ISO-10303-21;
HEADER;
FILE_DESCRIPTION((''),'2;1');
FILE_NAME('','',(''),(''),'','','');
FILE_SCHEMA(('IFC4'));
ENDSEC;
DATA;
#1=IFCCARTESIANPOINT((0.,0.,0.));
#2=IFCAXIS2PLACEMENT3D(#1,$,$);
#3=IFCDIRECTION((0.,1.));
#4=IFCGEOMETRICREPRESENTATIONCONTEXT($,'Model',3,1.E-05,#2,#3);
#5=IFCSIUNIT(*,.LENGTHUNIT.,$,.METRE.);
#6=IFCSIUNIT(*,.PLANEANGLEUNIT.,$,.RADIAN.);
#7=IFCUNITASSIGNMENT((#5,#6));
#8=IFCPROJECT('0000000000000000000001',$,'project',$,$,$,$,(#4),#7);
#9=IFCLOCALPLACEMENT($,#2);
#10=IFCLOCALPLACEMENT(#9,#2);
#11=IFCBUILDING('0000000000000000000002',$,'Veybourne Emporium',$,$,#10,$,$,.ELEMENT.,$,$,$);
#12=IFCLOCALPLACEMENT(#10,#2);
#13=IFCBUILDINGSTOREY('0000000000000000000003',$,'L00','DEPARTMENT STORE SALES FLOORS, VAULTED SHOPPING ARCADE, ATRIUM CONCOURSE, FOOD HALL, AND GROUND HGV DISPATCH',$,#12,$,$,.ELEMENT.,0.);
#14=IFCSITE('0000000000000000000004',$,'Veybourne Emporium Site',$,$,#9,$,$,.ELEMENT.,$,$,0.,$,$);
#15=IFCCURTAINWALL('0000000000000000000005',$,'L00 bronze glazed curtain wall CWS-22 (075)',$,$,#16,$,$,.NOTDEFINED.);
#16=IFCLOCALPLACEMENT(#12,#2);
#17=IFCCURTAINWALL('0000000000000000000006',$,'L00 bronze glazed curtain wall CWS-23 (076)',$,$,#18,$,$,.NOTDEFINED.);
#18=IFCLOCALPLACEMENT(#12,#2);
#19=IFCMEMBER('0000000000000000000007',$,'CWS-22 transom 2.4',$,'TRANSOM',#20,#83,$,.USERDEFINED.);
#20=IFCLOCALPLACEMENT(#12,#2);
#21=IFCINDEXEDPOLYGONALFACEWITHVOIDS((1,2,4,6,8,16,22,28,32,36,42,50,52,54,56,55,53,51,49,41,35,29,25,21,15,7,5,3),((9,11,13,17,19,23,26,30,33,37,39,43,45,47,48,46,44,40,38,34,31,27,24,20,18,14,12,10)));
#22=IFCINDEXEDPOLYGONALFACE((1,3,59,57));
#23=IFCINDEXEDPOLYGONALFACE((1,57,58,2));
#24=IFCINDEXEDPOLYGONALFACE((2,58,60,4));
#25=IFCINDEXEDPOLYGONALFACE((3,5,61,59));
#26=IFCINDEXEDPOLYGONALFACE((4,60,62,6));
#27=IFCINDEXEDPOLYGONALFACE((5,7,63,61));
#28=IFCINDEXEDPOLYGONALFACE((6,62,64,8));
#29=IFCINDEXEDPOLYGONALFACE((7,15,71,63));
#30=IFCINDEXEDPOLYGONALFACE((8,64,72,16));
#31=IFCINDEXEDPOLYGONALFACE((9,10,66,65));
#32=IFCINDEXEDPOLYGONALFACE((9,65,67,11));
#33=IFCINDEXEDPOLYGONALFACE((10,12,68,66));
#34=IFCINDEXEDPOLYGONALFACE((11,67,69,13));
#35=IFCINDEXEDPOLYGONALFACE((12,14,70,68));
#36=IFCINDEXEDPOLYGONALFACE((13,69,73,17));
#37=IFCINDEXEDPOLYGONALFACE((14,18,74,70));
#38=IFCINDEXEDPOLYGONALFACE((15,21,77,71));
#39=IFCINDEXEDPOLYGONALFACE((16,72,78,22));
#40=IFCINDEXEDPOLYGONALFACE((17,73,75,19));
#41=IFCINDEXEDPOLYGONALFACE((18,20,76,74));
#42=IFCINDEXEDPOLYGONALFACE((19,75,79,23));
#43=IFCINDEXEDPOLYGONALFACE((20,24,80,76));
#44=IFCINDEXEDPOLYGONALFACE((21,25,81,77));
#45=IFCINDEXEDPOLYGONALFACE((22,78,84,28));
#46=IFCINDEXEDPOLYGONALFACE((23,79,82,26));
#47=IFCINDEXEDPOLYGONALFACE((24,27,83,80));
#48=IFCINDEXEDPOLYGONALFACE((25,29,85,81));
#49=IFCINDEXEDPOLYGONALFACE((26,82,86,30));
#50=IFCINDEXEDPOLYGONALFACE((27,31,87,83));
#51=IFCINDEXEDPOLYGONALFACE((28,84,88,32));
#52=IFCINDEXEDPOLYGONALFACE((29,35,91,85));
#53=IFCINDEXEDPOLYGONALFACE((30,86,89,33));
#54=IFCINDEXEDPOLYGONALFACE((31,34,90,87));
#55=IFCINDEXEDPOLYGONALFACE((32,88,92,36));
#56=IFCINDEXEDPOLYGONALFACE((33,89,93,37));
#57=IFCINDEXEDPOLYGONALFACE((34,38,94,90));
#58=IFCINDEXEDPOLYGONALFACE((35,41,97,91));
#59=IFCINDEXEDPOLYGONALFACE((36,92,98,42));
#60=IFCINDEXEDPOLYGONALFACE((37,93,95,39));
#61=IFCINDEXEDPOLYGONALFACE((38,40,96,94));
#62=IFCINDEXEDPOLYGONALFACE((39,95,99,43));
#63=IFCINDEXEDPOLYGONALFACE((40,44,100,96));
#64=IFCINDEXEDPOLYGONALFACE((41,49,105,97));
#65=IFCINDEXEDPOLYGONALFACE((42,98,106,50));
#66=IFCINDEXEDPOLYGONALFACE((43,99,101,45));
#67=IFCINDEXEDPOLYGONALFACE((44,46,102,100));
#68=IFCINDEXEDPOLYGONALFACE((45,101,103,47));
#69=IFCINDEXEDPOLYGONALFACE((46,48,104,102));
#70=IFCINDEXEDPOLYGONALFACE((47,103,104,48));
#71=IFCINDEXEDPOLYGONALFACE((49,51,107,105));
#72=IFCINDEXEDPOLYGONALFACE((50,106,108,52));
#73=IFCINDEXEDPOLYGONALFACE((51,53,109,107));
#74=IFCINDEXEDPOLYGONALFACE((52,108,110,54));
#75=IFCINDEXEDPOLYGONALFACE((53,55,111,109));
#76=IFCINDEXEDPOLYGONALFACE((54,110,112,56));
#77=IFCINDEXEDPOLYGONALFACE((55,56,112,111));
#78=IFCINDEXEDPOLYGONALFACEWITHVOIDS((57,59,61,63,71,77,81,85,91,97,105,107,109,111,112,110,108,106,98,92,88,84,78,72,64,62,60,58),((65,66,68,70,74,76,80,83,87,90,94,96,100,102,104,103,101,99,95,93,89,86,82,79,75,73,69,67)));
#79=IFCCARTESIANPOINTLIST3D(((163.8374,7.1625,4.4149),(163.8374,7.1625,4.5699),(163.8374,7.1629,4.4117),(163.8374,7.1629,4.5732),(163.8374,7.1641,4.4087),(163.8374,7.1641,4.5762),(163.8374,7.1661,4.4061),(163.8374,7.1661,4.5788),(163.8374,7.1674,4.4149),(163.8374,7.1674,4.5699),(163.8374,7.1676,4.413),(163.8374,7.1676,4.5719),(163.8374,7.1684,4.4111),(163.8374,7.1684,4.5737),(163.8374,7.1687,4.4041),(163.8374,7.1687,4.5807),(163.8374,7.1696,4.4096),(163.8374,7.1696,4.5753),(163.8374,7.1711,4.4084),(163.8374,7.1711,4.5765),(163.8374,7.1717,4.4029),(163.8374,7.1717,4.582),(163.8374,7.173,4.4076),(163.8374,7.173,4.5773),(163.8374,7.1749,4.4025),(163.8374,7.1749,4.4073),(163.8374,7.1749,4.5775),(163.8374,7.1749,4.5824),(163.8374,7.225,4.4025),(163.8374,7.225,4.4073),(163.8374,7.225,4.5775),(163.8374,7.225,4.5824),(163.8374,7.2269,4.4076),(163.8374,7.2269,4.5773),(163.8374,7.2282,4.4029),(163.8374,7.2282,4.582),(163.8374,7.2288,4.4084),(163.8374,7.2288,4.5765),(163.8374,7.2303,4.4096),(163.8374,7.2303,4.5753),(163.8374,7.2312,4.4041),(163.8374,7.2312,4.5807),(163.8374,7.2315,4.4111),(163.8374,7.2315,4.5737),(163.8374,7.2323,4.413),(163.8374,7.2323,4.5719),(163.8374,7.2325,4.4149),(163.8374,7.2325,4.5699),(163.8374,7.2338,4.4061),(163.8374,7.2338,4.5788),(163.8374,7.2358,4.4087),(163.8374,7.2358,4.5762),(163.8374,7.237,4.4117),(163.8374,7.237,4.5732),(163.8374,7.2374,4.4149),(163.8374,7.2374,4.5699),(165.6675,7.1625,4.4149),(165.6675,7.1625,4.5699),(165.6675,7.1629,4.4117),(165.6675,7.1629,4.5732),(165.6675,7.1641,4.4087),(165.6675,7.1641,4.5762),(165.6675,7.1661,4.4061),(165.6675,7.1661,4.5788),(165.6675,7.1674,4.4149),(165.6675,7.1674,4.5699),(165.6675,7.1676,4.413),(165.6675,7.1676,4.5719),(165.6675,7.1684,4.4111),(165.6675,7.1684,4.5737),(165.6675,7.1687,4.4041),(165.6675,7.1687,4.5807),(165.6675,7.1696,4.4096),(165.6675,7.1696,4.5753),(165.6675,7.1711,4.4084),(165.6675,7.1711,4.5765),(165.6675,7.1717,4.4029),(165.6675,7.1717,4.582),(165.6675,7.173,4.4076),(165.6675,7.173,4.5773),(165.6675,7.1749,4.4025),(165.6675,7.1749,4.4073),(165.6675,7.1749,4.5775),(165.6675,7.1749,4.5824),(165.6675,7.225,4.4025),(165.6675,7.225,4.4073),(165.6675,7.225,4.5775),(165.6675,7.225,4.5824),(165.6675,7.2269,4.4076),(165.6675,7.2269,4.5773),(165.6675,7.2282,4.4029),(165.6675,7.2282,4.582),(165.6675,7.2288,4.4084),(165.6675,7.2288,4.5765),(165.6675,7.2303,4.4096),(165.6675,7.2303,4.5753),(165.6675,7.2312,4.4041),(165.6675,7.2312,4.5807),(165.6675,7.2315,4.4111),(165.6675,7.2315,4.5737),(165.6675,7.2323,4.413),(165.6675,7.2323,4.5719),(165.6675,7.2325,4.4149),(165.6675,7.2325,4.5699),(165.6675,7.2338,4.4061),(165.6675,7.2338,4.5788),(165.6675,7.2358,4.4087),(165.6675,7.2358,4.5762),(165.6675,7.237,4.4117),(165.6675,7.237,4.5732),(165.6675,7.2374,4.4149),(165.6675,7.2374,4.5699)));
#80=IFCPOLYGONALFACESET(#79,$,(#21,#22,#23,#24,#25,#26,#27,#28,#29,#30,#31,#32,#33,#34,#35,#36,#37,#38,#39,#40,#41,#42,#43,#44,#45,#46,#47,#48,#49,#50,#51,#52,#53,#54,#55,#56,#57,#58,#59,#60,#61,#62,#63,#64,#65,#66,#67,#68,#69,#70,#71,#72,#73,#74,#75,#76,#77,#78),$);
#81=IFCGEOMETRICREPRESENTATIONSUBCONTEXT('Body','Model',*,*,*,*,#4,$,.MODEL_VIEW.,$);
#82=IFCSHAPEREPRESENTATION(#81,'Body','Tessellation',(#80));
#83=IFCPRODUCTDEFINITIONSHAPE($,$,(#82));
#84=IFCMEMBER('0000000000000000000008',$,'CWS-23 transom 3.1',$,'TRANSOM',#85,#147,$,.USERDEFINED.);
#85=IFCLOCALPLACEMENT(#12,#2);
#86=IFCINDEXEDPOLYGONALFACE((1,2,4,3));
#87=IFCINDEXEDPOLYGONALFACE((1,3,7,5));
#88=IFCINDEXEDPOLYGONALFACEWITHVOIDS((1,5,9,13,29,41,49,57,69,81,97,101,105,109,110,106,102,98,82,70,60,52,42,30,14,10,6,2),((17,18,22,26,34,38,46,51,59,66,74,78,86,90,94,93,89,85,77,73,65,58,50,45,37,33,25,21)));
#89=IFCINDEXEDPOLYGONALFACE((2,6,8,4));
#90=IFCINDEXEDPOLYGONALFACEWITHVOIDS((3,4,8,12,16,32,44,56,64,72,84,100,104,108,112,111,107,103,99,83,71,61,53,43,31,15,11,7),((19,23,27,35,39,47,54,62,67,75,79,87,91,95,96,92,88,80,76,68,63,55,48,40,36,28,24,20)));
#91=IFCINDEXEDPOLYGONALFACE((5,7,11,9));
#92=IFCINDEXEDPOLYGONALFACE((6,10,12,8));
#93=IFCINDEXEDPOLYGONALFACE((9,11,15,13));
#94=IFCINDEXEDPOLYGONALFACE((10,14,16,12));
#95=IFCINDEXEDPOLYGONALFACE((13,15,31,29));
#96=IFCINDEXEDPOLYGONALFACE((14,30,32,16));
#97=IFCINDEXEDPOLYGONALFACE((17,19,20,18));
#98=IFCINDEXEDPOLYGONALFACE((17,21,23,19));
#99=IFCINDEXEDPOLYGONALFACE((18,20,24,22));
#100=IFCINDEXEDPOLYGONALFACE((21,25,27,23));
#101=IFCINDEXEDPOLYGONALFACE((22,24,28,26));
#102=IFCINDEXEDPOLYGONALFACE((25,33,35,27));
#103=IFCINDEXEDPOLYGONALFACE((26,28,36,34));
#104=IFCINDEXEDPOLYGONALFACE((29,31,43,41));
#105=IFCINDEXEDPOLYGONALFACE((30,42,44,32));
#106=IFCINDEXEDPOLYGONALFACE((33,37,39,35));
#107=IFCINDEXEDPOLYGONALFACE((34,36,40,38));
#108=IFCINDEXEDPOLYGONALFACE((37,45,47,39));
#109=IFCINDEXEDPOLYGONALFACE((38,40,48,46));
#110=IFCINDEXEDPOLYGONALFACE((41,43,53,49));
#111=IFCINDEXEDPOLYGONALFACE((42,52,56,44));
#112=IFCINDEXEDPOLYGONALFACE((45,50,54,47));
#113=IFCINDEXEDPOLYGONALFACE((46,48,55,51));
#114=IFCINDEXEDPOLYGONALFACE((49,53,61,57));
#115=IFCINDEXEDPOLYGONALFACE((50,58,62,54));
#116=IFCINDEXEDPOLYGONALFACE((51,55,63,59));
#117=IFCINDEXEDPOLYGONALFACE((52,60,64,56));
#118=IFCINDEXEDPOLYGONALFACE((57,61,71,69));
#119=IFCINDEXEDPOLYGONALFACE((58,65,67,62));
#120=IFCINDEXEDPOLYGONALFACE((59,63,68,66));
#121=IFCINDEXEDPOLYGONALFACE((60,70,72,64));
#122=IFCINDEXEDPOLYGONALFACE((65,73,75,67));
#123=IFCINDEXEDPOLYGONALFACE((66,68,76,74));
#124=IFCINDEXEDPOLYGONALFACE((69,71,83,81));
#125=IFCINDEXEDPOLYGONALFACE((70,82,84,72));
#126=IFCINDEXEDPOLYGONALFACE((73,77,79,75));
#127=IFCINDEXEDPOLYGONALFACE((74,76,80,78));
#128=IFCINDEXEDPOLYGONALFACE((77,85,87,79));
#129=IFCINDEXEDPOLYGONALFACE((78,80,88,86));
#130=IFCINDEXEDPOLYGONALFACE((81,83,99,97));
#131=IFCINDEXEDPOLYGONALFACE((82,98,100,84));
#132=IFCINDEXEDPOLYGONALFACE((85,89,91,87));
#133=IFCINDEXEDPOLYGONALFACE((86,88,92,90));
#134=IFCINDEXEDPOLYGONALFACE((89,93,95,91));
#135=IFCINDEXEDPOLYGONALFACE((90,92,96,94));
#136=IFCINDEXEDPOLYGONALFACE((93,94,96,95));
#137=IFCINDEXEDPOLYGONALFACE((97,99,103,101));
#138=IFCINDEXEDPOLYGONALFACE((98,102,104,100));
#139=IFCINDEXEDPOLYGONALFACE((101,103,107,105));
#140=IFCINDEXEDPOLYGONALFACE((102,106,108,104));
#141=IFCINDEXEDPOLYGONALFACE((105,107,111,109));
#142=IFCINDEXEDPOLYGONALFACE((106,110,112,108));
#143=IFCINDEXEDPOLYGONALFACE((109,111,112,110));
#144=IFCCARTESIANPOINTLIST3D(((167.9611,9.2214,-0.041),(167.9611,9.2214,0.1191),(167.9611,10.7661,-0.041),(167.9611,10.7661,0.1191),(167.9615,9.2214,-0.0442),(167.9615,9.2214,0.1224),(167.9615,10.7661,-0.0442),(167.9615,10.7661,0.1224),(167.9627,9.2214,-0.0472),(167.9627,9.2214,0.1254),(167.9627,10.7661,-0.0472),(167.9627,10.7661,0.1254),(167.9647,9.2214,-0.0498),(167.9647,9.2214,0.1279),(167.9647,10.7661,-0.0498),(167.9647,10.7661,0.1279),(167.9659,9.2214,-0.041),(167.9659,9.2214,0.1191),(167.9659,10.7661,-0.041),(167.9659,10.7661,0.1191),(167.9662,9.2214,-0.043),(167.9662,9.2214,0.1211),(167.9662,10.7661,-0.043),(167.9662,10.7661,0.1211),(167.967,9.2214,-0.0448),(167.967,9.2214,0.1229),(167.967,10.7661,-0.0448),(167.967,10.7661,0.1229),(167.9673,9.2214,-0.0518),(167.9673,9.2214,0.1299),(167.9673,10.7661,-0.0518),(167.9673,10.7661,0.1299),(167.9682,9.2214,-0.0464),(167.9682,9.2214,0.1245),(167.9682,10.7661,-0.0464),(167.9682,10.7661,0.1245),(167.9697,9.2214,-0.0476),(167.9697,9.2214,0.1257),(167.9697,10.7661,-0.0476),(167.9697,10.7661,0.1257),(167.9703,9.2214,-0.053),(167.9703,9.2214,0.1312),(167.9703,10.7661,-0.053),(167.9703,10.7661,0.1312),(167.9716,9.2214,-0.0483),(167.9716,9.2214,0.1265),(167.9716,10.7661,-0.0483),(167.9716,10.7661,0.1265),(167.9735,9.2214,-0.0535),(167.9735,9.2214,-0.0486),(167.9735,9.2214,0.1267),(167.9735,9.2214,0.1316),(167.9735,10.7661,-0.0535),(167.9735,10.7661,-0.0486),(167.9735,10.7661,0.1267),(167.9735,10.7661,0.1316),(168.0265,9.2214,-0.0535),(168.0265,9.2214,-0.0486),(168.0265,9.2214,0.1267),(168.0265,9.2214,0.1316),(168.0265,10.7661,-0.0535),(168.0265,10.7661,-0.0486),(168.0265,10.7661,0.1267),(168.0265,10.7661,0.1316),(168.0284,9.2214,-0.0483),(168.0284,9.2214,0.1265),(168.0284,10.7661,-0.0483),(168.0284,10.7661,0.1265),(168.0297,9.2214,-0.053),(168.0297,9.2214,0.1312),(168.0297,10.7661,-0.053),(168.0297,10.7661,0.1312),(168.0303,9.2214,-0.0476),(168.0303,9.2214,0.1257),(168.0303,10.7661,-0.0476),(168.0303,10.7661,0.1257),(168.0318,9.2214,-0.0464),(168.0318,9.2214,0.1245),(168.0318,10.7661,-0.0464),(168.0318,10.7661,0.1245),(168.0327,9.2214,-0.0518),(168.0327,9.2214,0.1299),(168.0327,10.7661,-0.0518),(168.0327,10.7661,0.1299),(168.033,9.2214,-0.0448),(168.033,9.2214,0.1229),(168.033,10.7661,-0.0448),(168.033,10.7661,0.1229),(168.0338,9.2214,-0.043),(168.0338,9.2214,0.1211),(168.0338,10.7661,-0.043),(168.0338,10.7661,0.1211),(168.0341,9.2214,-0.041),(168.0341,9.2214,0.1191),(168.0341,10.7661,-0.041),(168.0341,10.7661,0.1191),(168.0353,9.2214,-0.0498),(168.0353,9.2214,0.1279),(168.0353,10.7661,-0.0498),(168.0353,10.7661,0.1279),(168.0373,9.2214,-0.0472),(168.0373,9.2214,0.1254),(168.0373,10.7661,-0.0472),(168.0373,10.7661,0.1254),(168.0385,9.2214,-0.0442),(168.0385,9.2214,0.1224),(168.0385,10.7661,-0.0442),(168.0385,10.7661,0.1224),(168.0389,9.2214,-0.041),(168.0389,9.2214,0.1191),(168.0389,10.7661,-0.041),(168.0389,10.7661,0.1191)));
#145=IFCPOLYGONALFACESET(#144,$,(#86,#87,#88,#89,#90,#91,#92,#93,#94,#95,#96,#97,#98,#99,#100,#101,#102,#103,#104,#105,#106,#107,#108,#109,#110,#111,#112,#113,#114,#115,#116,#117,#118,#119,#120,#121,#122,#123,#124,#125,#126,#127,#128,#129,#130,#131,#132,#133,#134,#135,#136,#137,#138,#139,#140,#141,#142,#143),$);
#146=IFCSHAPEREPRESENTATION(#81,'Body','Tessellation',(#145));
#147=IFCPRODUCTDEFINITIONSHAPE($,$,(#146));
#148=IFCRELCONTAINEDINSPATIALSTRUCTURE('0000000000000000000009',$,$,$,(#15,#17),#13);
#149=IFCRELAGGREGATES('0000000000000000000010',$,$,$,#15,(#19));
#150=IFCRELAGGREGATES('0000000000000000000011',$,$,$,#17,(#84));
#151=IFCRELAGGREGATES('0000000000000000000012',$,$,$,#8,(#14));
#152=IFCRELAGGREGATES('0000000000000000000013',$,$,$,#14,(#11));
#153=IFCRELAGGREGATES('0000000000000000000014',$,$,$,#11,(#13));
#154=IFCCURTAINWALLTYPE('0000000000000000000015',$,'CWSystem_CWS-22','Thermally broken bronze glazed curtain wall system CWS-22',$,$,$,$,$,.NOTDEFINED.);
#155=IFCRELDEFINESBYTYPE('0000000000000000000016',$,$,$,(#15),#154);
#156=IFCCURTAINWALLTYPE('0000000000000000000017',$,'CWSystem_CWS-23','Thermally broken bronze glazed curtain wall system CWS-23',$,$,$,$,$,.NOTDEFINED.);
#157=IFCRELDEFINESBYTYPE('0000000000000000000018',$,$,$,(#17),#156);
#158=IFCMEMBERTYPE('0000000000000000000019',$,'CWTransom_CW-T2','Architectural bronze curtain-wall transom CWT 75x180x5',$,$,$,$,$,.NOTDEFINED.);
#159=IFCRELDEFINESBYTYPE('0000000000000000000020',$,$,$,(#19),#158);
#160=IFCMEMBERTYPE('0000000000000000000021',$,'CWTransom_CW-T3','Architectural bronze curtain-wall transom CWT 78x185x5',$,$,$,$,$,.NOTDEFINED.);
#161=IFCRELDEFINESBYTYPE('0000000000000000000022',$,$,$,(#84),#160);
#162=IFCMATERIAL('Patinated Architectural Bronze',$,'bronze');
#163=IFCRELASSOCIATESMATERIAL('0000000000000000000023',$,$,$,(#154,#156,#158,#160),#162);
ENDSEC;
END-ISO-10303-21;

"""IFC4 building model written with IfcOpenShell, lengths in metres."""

from ifc_helpers import new_model, si_unit, direction, frame, origin, origin_2d, place, context, subcontext, project, spatial, hollow_rectangle, extrude, material, material_profile, profile_set, type_object, element, aggregate, save


model = new_model("IFC4")

# Units and contexts
model_context = context("Model", 3, precision=1e-05, world=origin(), true_north=direction((0.0, 1.0)))
body_context = subcontext(model_context, "Body", "Model", "MODEL_VIEW")
ifc_project = project(units=[si_unit("LENGTHUNIT", "METRE"), si_unit("PLANEANGLEUNIT", "RADIAN")], contexts=[model_context])

# Site, building, storey
site_placement = place(None, origin())
site = spatial("IfcSite", under=ifc_project, at=site_placement, Name="Veybourne Emporium Site", CompositionType="ELEMENT", RefElevation=0.0)
building_placement = place(site_placement, origin())
building = spatial("IfcBuilding", under=site, at=building_placement, Name="Veybourne Emporium", CompositionType="ELEMENT")
storey_placement = place(building_placement, origin())
storey = spatial("IfcBuildingStorey", under=building, at=storey_placement, Name="L00", Description="DEPARTMENT STORE SALES FLOORS, VAULTED SHOPPING ARCADE, ATRIUM CONCOURSE, FOOD HALL, AND GROUND HGV DISPATCH", CompositionType="ELEMENT", Elevation=0.0)

# Curtain walls
ifc_material_1 = material(Name="Patinated Architectural Bronze", Category="bronze")
curtain_wall_type_1 = type_object("IfcCurtainWallType", Name="CWSystem_CWS-22", Description="Thermally broken bronze glazed curtain wall system CWS-22", PredefinedType="NOTDEFINED", material=ifc_material_1)
curtain_wall_1_placement = place(storey_placement, origin())
curtain_wall_1 = element("IfcCurtainWall", 1, at=curtain_wall_1_placement, inside=storey, type_object=curtain_wall_type_1, Name="L00 bronze glazed curtain wall CWS-22 (075)", PredefinedType="NOTDEFINED")
curtain_wall_type_2 = type_object("IfcCurtainWallType", Name="CWSystem_CWS-23", Description="Thermally broken bronze glazed curtain wall system CWS-23", PredefinedType="NOTDEFINED", material=ifc_material_1)
curtain_wall_2_placement = place(storey_placement, origin())
curtain_wall_2 = element("IfcCurtainWall", 2, at=curtain_wall_2_placement, inside=storey, type_object=curtain_wall_type_2, Name="L00 bronze glazed curtain wall CWS-23 (076)", PredefinedType="NOTDEFINED")

# Members
ifc_material_profile_1 = material_profile(ifc_material_1, hollow_rectangle(XDim=0.075, YDim=0.1799, WallThickness=0.0049, InnerFilletRadius=0.0076, OuterFilletRadius=0.0125, at=origin_2d()), Name="CWT 75x180x5")
ifc_profile_set_1 = profile_set([ifc_material_profile_1], Name="Patinated Architectural Bronze")
member_type_1 = type_object("IfcMemberType", Name="CWTransom_CW-T2", Description="Architectural bronze curtain-wall transom CWT 75x180x5", PredefinedType="NOTDEFINED", material=ifc_profile_set_1)
member_1_placement = place(storey_placement, frame((165.6675, 7.2, 4.4924), z_axis=(-1.0, 0.0, 0.0), x_axis=(0.0, -1.0, 0.0)))
member_1 = element("IfcMember", 3, at=member_1_placement, type_object=member_type_1, Name="CWS-22 transom 2.4", ObjectType="TRANSOM", PredefinedType="USERDEFINED", context=body_context, shape_type="SweptSolid", body=[
    extrude(hollow_rectangle(XDim=0.075, YDim=0.1799, WallThickness=0.0049, InnerFilletRadius=0.0076, OuterFilletRadius=0.0125, at=origin_2d()), origin(), (0.0, 0.0, 1.0), 1.8301),
])
ifc_material_profile_2 = material_profile(ifc_material_1, hollow_rectangle(XDim=0.0779, YDim=0.1851, WallThickness=0.0049, InnerFilletRadius=0.0076, OuterFilletRadius=0.0125, at=origin_2d()), Name="CWT 78x185x5")
ifc_profile_set_2 = profile_set([ifc_material_profile_2], Name="Patinated Architectural Bronze")
member_type_2 = type_object("IfcMemberType", Name="CWTransom_CW-T3", Description="Architectural bronze curtain-wall transom CWT 78x185x5", PredefinedType="NOTDEFINED", material=ifc_profile_set_2)
member_2_placement = place(storey_placement, frame((168.0, 10.7661, 0.0391), z_axis=(0.0, -1.0, 0.0), x_axis=(1.0, 0.0, 0.0)))
member_2 = element("IfcMember", 4, at=member_2_placement, type_object=member_type_2, Name="CWS-23 transom 3.1", ObjectType="TRANSOM", PredefinedType="USERDEFINED", context=body_context, shape_type="SweptSolid", body=[
    extrude(hollow_rectangle(XDim=0.0779, YDim=0.1851, WallThickness=0.0049, InnerFilletRadius=0.0076, OuterFilletRadius=0.0125, at=origin_2d()), origin(), (0.0, 0.0, 1.0), 1.5447),
])

aggregate(curtain_wall_1, [member_1])
aggregate(curtain_wall_2, [member_2])

save(model, "model.ifc")
